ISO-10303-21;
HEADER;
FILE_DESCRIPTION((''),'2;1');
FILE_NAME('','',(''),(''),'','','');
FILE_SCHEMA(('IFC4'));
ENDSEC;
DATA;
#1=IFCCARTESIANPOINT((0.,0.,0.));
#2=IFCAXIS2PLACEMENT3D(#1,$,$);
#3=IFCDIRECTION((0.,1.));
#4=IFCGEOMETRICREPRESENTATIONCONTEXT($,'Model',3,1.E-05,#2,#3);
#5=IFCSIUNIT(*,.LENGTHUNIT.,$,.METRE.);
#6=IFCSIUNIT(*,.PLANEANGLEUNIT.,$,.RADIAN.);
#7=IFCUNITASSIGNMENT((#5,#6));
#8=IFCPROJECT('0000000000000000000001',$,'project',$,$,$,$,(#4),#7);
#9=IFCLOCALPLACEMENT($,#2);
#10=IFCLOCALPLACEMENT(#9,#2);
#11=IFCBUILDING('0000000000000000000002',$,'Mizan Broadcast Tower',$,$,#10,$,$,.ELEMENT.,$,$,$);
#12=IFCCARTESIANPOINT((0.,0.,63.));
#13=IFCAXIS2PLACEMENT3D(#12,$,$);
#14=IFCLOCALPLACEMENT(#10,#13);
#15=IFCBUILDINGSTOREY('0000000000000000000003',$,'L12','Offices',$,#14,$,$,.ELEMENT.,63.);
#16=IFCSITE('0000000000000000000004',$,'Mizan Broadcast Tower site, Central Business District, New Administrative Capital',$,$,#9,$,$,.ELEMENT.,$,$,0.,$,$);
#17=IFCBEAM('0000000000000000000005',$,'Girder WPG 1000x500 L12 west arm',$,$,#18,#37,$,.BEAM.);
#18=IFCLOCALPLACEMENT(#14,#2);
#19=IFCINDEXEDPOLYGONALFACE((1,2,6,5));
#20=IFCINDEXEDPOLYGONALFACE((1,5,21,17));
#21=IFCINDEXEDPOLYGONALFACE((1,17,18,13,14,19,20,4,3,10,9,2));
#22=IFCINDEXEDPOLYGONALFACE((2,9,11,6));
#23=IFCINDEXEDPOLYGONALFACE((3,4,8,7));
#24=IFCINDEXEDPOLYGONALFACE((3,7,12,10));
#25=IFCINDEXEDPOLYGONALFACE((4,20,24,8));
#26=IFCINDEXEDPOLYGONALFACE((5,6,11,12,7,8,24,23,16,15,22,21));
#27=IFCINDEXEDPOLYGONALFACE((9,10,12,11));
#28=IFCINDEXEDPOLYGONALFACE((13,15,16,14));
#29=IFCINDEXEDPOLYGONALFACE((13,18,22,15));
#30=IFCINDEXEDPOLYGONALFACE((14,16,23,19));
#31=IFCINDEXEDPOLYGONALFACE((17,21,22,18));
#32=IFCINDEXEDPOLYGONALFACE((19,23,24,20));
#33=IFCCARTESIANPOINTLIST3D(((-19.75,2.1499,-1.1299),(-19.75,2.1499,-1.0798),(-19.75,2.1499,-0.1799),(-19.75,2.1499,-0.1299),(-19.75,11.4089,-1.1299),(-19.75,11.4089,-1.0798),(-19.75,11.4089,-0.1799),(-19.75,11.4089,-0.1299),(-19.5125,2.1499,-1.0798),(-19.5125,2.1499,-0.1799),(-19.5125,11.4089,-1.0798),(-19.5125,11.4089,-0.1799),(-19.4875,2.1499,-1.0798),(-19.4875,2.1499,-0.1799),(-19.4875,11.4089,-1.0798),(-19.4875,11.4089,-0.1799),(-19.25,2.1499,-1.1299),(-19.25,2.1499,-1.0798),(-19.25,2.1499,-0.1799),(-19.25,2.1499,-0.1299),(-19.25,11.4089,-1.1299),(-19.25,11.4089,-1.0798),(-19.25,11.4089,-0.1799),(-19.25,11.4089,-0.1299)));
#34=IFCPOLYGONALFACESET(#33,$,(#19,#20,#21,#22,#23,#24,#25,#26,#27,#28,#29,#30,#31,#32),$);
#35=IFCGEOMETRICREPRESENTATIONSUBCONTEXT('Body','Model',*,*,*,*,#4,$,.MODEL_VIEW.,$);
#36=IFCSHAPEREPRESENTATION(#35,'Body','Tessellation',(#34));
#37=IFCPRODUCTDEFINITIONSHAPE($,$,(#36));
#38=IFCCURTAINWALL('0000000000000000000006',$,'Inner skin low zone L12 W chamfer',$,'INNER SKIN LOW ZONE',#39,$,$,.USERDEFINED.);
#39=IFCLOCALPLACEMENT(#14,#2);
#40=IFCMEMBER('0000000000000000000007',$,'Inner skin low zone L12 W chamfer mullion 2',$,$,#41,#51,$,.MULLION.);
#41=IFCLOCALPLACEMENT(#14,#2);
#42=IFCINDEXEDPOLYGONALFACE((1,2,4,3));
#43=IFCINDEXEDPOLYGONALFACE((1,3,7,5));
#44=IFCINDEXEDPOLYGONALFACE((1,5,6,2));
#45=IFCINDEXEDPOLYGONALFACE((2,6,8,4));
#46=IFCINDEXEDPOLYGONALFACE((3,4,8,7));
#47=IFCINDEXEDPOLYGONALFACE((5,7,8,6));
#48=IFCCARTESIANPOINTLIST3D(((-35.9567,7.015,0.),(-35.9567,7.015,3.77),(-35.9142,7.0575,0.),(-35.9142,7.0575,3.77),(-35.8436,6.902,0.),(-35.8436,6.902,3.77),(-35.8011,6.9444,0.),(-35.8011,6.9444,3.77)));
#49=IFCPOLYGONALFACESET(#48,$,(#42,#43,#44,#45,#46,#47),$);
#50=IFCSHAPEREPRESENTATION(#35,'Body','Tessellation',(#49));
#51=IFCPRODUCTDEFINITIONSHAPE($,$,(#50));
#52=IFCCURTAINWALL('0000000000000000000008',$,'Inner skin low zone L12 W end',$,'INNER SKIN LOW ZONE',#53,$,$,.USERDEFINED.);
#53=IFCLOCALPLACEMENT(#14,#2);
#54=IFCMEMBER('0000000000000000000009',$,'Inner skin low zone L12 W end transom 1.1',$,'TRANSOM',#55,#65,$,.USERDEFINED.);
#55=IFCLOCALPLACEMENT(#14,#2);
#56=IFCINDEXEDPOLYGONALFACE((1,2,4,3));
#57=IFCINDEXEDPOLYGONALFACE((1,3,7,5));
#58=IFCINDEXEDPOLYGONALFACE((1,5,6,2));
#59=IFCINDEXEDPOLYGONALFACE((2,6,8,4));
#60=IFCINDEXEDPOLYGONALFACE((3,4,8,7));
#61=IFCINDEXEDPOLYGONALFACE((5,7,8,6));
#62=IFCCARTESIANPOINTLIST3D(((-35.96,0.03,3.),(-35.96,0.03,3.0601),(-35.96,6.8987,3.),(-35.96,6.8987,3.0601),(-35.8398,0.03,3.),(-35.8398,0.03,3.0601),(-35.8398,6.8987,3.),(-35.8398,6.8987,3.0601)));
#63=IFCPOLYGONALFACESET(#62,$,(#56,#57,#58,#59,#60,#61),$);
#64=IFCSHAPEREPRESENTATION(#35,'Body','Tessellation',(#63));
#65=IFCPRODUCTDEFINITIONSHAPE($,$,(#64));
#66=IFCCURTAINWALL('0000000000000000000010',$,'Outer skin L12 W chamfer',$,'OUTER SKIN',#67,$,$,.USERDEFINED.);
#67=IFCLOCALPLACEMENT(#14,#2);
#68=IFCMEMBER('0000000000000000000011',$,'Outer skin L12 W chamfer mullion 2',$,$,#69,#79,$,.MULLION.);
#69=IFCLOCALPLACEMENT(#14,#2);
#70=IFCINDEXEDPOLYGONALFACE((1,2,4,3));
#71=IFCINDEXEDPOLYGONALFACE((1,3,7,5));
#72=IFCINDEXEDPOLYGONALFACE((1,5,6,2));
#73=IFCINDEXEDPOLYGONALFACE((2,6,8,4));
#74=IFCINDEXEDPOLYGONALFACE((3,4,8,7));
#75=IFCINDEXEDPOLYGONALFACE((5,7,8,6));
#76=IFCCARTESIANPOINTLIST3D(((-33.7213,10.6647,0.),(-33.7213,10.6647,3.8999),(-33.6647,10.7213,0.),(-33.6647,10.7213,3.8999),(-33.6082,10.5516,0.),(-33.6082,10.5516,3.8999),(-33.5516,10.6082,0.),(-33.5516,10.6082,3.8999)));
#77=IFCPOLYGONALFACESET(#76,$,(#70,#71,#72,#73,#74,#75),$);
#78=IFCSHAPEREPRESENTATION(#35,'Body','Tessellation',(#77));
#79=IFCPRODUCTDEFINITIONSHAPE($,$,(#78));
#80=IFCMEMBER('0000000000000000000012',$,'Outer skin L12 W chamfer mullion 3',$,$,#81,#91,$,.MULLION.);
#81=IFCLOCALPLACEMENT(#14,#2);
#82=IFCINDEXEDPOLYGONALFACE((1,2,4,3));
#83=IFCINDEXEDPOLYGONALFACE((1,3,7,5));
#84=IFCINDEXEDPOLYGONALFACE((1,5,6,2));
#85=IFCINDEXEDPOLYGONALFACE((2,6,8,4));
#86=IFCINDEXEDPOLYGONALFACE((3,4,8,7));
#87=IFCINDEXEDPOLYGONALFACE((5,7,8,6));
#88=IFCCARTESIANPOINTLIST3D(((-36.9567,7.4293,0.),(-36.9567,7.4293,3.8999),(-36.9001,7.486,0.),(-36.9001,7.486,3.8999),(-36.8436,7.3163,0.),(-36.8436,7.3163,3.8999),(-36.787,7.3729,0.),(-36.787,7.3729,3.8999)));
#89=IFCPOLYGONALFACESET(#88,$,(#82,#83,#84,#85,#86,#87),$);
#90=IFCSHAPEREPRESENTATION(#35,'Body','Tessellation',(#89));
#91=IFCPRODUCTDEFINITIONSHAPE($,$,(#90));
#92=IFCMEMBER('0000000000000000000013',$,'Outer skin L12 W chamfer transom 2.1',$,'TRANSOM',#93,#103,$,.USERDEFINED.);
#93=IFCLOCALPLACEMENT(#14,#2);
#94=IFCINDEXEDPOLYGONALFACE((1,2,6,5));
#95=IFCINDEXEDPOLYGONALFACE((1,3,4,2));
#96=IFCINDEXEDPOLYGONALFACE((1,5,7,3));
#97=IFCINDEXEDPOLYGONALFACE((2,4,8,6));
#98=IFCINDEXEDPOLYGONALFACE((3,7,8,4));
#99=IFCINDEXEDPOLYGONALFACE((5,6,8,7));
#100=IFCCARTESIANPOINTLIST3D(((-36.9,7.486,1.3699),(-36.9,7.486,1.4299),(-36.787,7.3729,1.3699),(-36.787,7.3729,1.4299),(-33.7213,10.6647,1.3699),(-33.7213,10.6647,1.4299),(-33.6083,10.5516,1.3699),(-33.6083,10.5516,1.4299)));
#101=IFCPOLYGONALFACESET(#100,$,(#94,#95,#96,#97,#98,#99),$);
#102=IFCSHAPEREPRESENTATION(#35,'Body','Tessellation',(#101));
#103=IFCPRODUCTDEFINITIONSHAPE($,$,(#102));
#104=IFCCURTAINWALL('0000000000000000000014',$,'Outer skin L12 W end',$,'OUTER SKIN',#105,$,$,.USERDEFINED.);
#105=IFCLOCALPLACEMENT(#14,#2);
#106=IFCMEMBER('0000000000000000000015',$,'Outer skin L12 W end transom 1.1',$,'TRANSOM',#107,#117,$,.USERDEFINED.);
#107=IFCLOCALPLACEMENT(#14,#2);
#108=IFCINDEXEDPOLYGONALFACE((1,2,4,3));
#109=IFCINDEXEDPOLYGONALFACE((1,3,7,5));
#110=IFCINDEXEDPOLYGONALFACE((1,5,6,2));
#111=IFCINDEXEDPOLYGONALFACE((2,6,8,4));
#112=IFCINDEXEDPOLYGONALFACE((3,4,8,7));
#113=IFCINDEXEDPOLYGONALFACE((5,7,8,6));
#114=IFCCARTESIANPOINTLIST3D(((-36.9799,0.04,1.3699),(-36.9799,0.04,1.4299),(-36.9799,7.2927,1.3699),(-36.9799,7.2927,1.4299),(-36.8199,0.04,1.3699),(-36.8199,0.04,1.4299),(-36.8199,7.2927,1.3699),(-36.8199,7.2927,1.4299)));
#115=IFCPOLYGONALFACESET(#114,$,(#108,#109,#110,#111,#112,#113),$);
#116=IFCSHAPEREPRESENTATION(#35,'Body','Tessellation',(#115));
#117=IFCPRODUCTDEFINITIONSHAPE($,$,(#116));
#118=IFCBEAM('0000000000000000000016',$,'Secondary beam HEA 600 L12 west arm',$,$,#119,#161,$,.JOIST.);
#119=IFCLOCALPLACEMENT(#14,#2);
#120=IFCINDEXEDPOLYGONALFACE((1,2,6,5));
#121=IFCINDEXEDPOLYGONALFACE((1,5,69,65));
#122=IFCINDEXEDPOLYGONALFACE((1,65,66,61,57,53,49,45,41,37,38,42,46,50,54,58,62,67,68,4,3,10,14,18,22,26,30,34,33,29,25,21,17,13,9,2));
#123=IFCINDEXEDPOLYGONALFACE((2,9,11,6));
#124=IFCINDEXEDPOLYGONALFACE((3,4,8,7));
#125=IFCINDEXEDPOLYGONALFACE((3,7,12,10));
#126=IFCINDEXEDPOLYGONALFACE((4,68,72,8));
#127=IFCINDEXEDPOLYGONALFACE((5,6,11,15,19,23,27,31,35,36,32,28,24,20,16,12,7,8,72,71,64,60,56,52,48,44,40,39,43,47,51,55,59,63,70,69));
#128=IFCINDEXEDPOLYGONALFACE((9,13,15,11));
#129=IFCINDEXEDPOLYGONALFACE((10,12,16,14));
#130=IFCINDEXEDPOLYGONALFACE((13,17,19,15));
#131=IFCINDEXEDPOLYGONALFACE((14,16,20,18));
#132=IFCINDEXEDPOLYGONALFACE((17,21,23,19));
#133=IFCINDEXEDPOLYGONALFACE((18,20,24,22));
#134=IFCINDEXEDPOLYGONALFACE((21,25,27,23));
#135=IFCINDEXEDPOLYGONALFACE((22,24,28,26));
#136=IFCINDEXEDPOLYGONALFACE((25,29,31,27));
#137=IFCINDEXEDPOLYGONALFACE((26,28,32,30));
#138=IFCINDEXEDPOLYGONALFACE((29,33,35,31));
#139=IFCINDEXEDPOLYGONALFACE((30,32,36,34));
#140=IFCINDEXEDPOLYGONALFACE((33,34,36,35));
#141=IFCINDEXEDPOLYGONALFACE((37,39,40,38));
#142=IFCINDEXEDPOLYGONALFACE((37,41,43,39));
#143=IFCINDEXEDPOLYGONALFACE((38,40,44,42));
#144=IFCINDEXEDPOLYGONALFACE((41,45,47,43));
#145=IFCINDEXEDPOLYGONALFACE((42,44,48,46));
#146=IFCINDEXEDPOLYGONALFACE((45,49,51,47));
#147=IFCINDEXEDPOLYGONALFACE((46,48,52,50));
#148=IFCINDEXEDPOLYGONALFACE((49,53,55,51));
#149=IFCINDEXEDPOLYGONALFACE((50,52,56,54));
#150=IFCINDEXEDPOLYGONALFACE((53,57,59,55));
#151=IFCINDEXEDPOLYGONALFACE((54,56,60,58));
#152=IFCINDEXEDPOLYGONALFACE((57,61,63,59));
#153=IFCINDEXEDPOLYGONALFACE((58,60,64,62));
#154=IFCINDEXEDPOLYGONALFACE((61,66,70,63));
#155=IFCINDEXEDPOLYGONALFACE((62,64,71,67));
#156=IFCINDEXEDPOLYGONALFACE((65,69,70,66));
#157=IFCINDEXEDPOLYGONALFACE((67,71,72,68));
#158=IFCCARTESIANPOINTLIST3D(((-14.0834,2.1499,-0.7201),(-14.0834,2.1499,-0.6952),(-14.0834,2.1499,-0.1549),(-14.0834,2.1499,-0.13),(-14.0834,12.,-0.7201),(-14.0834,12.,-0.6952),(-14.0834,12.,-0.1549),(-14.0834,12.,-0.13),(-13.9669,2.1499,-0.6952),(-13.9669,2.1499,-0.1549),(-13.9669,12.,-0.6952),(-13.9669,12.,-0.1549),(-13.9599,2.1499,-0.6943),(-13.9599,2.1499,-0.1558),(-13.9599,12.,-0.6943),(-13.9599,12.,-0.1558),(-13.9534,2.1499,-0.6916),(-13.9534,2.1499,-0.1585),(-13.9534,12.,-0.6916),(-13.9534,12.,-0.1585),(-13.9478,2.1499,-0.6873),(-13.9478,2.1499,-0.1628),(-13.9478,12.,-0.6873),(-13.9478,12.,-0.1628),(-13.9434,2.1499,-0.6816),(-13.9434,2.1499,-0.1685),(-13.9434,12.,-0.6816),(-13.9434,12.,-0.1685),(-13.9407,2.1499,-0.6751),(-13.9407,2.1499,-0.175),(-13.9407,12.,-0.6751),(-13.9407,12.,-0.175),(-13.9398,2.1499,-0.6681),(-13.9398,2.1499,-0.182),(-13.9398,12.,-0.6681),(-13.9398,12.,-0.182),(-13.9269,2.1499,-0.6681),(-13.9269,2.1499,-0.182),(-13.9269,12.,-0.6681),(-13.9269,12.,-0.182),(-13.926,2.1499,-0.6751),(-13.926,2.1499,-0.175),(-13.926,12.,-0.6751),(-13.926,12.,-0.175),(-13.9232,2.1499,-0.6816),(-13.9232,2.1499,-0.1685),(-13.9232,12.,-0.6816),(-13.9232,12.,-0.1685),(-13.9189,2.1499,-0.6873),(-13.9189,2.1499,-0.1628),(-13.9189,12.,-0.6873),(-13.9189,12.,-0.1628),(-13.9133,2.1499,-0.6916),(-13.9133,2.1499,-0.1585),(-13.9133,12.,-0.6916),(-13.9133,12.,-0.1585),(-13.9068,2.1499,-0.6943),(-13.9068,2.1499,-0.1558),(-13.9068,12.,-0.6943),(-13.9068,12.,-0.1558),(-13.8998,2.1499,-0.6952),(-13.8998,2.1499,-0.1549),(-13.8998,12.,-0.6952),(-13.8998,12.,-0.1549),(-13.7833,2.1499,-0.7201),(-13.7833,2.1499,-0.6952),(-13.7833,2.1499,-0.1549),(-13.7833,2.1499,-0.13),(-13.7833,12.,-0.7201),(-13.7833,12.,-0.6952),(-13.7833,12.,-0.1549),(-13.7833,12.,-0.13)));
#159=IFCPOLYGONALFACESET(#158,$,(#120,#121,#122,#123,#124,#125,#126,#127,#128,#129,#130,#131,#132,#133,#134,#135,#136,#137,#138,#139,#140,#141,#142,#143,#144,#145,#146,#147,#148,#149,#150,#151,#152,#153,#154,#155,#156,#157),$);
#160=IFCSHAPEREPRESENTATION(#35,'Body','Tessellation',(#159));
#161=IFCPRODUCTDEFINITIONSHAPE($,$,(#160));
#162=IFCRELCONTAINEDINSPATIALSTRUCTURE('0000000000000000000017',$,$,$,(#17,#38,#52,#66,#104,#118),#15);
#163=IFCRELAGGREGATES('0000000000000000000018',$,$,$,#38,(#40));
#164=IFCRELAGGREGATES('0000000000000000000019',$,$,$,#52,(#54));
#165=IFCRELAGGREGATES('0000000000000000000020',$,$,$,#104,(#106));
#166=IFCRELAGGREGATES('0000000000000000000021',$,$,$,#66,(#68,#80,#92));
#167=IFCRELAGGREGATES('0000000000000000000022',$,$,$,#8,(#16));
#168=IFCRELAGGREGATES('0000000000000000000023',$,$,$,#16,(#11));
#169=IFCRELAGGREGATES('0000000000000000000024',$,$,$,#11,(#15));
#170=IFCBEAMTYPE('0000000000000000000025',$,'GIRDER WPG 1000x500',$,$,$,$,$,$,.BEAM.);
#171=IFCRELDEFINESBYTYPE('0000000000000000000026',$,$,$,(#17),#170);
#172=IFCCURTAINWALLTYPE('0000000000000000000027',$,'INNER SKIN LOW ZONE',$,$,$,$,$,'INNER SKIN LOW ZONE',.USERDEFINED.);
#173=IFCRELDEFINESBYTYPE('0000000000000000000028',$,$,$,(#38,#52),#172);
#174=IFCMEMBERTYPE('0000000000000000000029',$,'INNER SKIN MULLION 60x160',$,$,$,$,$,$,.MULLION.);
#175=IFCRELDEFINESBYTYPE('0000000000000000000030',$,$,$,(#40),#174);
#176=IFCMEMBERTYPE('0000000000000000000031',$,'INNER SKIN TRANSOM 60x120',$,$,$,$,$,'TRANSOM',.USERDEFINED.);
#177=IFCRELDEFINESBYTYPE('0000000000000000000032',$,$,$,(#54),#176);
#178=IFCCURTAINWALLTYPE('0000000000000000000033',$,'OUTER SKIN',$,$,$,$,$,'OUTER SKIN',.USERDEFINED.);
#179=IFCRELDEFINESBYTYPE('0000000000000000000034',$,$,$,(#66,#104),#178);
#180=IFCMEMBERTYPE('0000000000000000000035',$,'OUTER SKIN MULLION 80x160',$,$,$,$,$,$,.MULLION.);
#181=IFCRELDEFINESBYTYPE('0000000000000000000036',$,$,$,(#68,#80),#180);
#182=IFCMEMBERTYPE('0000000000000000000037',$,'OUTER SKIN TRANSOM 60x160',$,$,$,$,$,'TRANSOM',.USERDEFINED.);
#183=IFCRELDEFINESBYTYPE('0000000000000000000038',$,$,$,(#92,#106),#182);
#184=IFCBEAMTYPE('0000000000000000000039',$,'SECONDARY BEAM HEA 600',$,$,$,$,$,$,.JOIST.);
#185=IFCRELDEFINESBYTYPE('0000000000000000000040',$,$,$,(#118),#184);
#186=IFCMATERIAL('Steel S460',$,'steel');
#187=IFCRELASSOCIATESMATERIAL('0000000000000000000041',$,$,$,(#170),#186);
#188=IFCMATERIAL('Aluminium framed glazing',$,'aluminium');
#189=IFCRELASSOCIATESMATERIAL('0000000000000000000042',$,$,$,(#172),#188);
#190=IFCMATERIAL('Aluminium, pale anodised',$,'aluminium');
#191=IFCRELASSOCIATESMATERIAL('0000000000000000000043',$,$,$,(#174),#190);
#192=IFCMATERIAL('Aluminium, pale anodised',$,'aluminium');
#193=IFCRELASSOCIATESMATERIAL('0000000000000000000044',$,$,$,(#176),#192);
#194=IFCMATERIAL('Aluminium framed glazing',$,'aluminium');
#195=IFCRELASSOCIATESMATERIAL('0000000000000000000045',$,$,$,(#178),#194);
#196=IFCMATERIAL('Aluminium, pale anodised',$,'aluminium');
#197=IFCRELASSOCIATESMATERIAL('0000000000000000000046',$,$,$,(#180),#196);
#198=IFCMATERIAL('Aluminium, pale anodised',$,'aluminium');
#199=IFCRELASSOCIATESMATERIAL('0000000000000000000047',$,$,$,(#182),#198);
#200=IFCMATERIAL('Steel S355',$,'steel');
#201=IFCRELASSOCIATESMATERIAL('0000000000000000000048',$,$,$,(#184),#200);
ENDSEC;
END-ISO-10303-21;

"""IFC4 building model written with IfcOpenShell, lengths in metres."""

from ifc_helpers import new_model, si_unit, direction, frame, origin, origin_2d, place, context, subcontext, project, spatial, rectangle, i_section, extrude, material, material_profile, profile_set, type_object, element, aggregate, save


model = new_model("IFC4")

# Units and contexts
model_context = context("Model", 3, precision=1e-05, world=origin(), true_north=direction((0.0, 1.0)))
body_context = subcontext(model_context, "Body", "Model", "MODEL_VIEW")
ifc_project = project(units=[si_unit("LENGTHUNIT", "METRE"), si_unit("PLANEANGLEUNIT", "RADIAN")], contexts=[model_context])

# Site, building, storey
site_placement = place(None, origin())
site = spatial("IfcSite", under=ifc_project, at=site_placement, Name="Mizan Broadcast Tower site, Central Business District, New Administrative Capital", CompositionType="ELEMENT", RefElevation=0.0)
building_placement = place(site_placement, origin())
building = spatial("IfcBuilding", under=site, at=building_placement, Name="Mizan Broadcast Tower", CompositionType="ELEMENT")
storey_placement = place(building_placement, frame((0.0, 0.0, 63.0)))
storey = spatial("IfcBuildingStorey", under=building, at=storey_placement, Name="L12", Description="Offices", CompositionType="ELEMENT", Elevation=63.0)

# Beam
ifc_material_1 = material(Name="Steel S460", Category="steel")
ifc_material_profile_1 = material_profile(ifc_material_1, i_section(OverallWidth=0.5, OverallDepth=1.0, WebThickness=0.0249, FlangeThickness=0.05, at=origin_2d()), Name="WPG 1000x500")
ifc_profile_set_1 = profile_set([ifc_material_profile_1], Name="Steel S460")
beam_type_1 = type_object("IfcBeamType", Name="GIRDER WPG 1000x500", PredefinedType="BEAM", material=ifc_profile_set_1)
beam_1_placement = place(storey_placement, frame((-19.5, 11.4089, -0.6299), z_axis=(0.0, -1.0, 0.0), x_axis=(1.0, 0.0, 0.0)))
element("IfcBeam", 1, at=beam_1_placement, inside=storey, type_object=beam_type_1, Name="Girder WPG 1000x500 L12 west arm", PredefinedType="BEAM", context=body_context, shape_type="SweptSolid", body=[
    extrude(i_section(OverallWidth=0.5, OverallDepth=1.0, WebThickness=0.0249, FlangeThickness=0.05, at=origin_2d()), origin(), (0.0, 0.0, 1.0), 9.259),
])

# Curtain walls, members
ifc_material_2 = material(Name="Aluminium framed glazing", Category="aluminium")
curtain_wall_type_1 = type_object("IfcCurtainWallType", Name="INNER SKIN LOW ZONE", ElementType="INNER SKIN LOW ZONE", PredefinedType="USERDEFINED", material=ifc_material_2)
curtain_wall_1_placement = place(storey_placement, origin())
curtain_wall_1 = element("IfcCurtainWall", 2, at=curtain_wall_1_placement, inside=storey, type_object=curtain_wall_type_1, Name="Inner skin low zone L12 W chamfer", ObjectType="INNER SKIN LOW ZONE", PredefinedType="USERDEFINED")
ifc_material_3 = material(Name="Aluminium, pale anodised", Category="aluminium")
ifc_material_profile_2 = material_profile(ifc_material_3, rectangle(XDim=0.1599, YDim=0.0601, at=origin_2d()), Name="MULLION 160x60")
ifc_profile_set_2 = profile_set([ifc_material_profile_2], Name="Aluminium, pale anodised")
member_type_1 = type_object("IfcMemberType", Name="INNER SKIN MULLION 60x160", PredefinedType="MULLION", material=ifc_profile_set_2)
member_1_placement = place(storey_placement, frame((-35.8789, 6.9797, 0.0), z_axis=(0.0, 0.0, 1.0), x_axis=(0.707107, -0.707107, 0.0)))
member_1 = element("IfcMember", 3, at=member_1_placement, type_object=member_type_1, Name="Inner skin low zone L12 W chamfer mullion 2", PredefinedType="MULLION", context=body_context, shape_type="SweptSolid", body=[
    extrude(rectangle(XDim=0.1599, YDim=0.0601, at=origin_2d()), origin(), (0.0, 0.0, 1.0), 3.77),
])
curtain_wall_2_placement = place(storey_placement, origin())
curtain_wall_2 = element("IfcCurtainWall", 4, at=curtain_wall_2_placement, inside=storey, type_object=curtain_wall_type_1, Name="Inner skin low zone L12 W end", ObjectType="INNER SKIN LOW ZONE", PredefinedType="USERDEFINED")
ifc_material_4 = material(Name="Aluminium, pale anodised", Category="aluminium")
ifc_material_profile_3 = material_profile(ifc_material_4, rectangle(XDim=0.1201, YDim=0.0601, at=origin_2d()), Name="TRANSOM 120x60")
ifc_profile_set_3 = profile_set([ifc_material_profile_3], Name="Aluminium, pale anodised")
member_type_2 = type_object("IfcMemberType", Name="INNER SKIN TRANSOM 60x120", ElementType="TRANSOM", PredefinedType="USERDEFINED", material=ifc_profile_set_3)
member_2_placement = place(storey_placement, frame((-35.8999, 6.8987, 3.03), z_axis=(0.0, -1.0, 0.0), x_axis=(1.0, 0.0, 0.0)))
member_2 = element("IfcMember", 5, at=member_2_placement, type_object=member_type_2, Name="Inner skin low zone L12 W end transom 1.1", ObjectType="TRANSOM", PredefinedType="USERDEFINED", context=body_context, shape_type="SweptSolid", body=[
    extrude(rectangle(XDim=0.1201, YDim=0.0601, at=origin_2d()), origin(), (0.0, 0.0, 1.0), 6.8687),
])

# Curtain wall, members
ifc_material_5 = material(Name="Aluminium framed glazing", Category="aluminium")
curtain_wall_type_2 = type_object("IfcCurtainWallType", Name="OUTER SKIN", ElementType="OUTER SKIN", PredefinedType="USERDEFINED", material=ifc_material_5)
curtain_wall_3_placement = place(storey_placement, origin())
curtain_wall_3 = element("IfcCurtainWall", 6, at=curtain_wall_3_placement, inside=storey, type_object=curtain_wall_type_2, Name="Outer skin L12 W chamfer", ObjectType="OUTER SKIN", PredefinedType="USERDEFINED")
ifc_material_6 = material(Name="Aluminium, pale anodised", Category="aluminium")
ifc_material_profile_4 = material_profile(ifc_material_6, rectangle(XDim=0.1599, YDim=0.0801, at=origin_2d()), Name="MULLION 160x80")
ifc_profile_set_4 = profile_set([ifc_material_profile_4], Name="Aluminium, pale anodised")
member_type_3 = type_object("IfcMemberType", Name="OUTER SKIN MULLION 80x160", PredefinedType="MULLION", material=ifc_profile_set_4)
member_3_placement = place(storey_placement, frame((-33.6365, 10.6365, 0.0), z_axis=(0.0, 0.0, 1.0), x_axis=(0.707107, -0.707107, 0.0)))
member_3 = element("IfcMember", 7, at=member_3_placement, type_object=member_type_3, Name="Outer skin L12 W chamfer mullion 2", PredefinedType="MULLION", context=body_context, shape_type="SweptSolid", body=[
    extrude(rectangle(XDim=0.1599, YDim=0.0801, at=origin_2d()), origin(), (0.0, 0.0, 1.0), 3.8999),
])
member_4_placement = place(storey_placement, frame((-36.8718, 7.4011, 0.0), z_axis=(0.0, 0.0, 1.0), x_axis=(0.707107, -0.707107, 0.0)))
member_4 = element("IfcMember", 8, at=member_4_placement, type_object=member_type_3, Name="Outer skin L12 W chamfer mullion 3", PredefinedType="MULLION", context=body_context, shape_type="SweptSolid", body=[
    extrude(rectangle(XDim=0.1599, YDim=0.0801, at=origin_2d()), origin(), (0.0, 0.0, 1.0), 3.8999),
])
ifc_material_7 = material(Name="Aluminium, pale anodised", Category="aluminium")
ifc_material_profile_5 = material_profile(ifc_material_7, rectangle(XDim=0.1599, YDim=0.0601, at=origin_2d()), Name="TRANSOM 160x60")
ifc_profile_set_5 = profile_set([ifc_material_profile_5], Name="Aluminium, pale anodised")
member_type_4 = type_object("IfcMemberType", Name="OUTER SKIN TRANSOM 60x160", ElementType="TRANSOM", PredefinedType="USERDEFINED", material=ifc_profile_set_5)
member_5_placement = place(storey_placement, frame((-33.6648, 10.6082, 1.3999), z_axis=(-0.707107, -0.707107, 0.0), x_axis=(0.707107, -0.707107, 0.0)))
member_5 = element("IfcMember", 9, at=member_5_placement, type_object=member_type_4, Name="Outer skin L12 W chamfer transom 2.1", ObjectType="TRANSOM", PredefinedType="USERDEFINED", context=body_context, shape_type="SweptSolid", body=[
    extrude(rectangle(XDim=0.1599, YDim=0.0601, at=origin_2d()), origin(), (0.0, 0.0, 1.0), 4.4954),
])

# Curtain wall, member
curtain_wall_4_placement = place(storey_placement, origin())
curtain_wall_4 = element("IfcCurtainWall", 10, at=curtain_wall_4_placement, inside=storey, type_object=curtain_wall_type_2, Name="Outer skin L12 W end", ObjectType="OUTER SKIN", PredefinedType="USERDEFINED")
member_6_placement = place(storey_placement, frame((-36.8999, 7.2927, 1.3999), z_axis=(0.0, -1.0, 0.0), x_axis=(1.0, 0.0, 0.0)))
member_6 = element("IfcMember", 11, at=member_6_placement, type_object=member_type_4, Name="Outer skin L12 W end transom 1.1", ObjectType="TRANSOM", PredefinedType="USERDEFINED", context=body_context, shape_type="SweptSolid", body=[
    extrude(rectangle(XDim=0.1599, YDim=0.0601, at=origin_2d()), origin(), (0.0, 0.0, 1.0), 7.2527),
])

# Beam
ifc_material_8 = material(Name="Steel S355", Category="steel")
ifc_material_profile_6 = material_profile(ifc_material_8, i_section(OverallWidth=0.3, OverallDepth=0.5901, WebThickness=0.0129, FlangeThickness=0.0249, FilletRadius=0.0271, at=origin_2d()), Name="HEA 600")
ifc_profile_set_6 = profile_set([ifc_material_profile_6], Name="Steel S355")
beam_type_2 = type_object("IfcBeamType", Name="SECONDARY BEAM HEA 600", PredefinedType="JOIST", material=ifc_profile_set_6)
for number, where, z_axis, x_axis, name in (
    (12, (-13.9333, 12.0, -0.425), (0.0, -1.0, 0.0), (1.0, 0.0, 0.0), "Secondary beam HEA 600 L12 west arm"),
):
    element("IfcBeam", number, at=place(storey_placement, frame(where, z_axis=z_axis, x_axis=x_axis)), inside=storey, type_object=beam_type_2, Name=name, PredefinedType="JOIST", context=body_context, shape_type="SweptSolid", body=[
        extrude(i_section(OverallWidth=0.3, OverallDepth=0.5901, WebThickness=0.0129, FlangeThickness=0.0249, FilletRadius=0.0271, at=origin_2d()), origin(), (0.0, 0.0, 1.0), 9.8501),
    ])

aggregate(curtain_wall_1, [member_1])
aggregate(curtain_wall_2, [member_2])
aggregate(curtain_wall_4, [member_6])
aggregate(curtain_wall_3, [member_3, member_4, member_5])

save(model, "model.ifc")
